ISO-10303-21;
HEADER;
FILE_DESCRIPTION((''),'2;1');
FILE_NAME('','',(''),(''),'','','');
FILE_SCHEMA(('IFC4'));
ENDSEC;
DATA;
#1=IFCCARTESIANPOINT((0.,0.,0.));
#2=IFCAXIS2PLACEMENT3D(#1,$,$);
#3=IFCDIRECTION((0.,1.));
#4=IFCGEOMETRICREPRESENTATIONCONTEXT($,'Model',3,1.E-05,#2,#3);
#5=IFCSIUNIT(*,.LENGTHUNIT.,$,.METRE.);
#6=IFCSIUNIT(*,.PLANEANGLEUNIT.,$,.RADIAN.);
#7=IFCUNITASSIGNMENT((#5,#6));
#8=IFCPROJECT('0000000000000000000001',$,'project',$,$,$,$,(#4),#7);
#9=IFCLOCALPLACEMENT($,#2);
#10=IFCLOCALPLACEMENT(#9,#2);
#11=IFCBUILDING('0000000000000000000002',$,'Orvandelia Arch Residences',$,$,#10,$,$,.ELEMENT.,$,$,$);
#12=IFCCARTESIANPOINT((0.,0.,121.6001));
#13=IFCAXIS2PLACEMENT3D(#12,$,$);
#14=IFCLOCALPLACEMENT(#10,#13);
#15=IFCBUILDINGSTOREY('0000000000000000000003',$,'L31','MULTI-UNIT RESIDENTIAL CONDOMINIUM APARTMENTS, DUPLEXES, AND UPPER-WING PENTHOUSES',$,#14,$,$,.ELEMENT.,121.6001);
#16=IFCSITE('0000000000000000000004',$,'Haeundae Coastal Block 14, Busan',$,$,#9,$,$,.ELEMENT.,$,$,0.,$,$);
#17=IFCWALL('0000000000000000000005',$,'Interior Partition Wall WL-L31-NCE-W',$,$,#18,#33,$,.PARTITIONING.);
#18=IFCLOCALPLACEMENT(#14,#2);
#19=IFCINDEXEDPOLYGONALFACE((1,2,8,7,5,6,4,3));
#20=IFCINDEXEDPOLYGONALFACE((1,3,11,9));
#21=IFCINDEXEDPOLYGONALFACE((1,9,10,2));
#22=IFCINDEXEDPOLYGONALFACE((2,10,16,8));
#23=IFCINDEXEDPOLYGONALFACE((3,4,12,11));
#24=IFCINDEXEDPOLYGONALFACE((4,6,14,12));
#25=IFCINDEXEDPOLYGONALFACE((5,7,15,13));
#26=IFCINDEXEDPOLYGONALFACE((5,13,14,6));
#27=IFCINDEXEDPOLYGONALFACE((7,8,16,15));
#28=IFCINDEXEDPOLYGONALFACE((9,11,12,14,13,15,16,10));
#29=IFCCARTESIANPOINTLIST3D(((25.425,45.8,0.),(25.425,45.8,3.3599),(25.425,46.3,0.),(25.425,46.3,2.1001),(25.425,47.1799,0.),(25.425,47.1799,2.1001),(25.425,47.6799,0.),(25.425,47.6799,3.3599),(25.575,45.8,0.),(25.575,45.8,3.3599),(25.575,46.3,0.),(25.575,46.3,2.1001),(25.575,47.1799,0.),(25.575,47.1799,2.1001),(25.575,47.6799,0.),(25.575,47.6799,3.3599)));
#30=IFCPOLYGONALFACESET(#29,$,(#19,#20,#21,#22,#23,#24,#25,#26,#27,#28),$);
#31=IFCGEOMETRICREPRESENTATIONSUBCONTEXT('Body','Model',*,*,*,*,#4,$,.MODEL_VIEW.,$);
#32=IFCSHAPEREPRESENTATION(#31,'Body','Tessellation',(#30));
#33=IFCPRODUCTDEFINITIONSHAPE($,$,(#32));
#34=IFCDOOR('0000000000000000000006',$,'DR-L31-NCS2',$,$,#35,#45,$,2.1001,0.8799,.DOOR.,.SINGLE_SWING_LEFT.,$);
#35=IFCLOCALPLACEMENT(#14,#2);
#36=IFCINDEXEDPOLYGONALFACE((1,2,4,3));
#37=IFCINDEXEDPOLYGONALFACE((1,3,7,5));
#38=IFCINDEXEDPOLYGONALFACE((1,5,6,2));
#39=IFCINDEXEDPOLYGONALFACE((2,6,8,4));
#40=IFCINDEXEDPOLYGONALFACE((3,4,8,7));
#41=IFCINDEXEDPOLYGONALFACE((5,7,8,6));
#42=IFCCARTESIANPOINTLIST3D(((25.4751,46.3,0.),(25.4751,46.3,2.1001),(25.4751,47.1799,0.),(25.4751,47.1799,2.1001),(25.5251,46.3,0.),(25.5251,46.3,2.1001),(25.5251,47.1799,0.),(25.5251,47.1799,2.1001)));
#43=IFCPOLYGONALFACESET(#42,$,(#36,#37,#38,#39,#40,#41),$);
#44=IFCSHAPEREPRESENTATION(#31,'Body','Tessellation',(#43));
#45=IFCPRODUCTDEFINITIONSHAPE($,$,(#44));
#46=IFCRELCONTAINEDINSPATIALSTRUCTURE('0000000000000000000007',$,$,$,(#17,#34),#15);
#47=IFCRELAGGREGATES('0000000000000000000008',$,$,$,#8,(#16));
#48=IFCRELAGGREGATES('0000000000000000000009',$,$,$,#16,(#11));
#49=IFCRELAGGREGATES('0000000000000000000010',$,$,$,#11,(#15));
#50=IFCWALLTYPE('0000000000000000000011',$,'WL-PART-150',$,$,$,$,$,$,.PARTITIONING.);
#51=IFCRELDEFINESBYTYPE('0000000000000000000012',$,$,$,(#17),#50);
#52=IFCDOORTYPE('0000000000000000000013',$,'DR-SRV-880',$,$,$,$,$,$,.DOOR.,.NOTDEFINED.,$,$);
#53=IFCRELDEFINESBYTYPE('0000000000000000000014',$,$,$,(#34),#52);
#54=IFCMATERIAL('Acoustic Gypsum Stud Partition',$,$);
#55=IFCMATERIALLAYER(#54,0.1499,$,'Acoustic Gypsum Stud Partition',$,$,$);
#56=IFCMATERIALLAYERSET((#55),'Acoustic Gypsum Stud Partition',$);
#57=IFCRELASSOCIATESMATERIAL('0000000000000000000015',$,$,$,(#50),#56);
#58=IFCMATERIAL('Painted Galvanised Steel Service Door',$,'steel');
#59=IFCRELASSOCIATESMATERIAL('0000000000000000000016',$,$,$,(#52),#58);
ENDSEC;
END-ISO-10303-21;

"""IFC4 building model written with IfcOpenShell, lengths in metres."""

from ifc_helpers import new_model, si_unit, direction, frame, frame_2d, origin, place, context, subcontext, project, spatial, rectangle, extrude, material, layer, layer_set, type_object, element, fill, save


model = new_model("IFC4")

# Units and contexts
model_context = context("Model", 3, precision=1e-05, world=origin(), true_north=direction((0.0, 1.0)))
body_context = subcontext(model_context, "Body", "Model", "MODEL_VIEW")
ifc_project = project(units=[si_unit("LENGTHUNIT", "METRE"), si_unit("PLANEANGLEUNIT", "RADIAN")], contexts=[model_context])

# Site, building, storey
site_placement = place(None, origin())
site = spatial("IfcSite", under=ifc_project, at=site_placement, Name="Haeundae Coastal Block 14, Busan", CompositionType="ELEMENT", RefElevation=0.0)
building_placement = place(site_placement, origin())
building = spatial("IfcBuilding", under=site, at=building_placement, Name="Orvandelia Arch Residences", CompositionType="ELEMENT")
storey_placement = place(building_placement, frame((0.0, 0.0, 121.6001)))
storey = spatial("IfcBuildingStorey", under=building, at=storey_placement, Name="L31", Description="MULTI-UNIT RESIDENTIAL CONDOMINIUM APARTMENTS, DUPLEXES, AND UPPER-WING PENTHOUSES", CompositionType="ELEMENT", Elevation=121.6001)

# Wall, opening, door
ifc_material_1 = material(Name="Acoustic Gypsum Stud Partition")
ifc_layer_1 = layer(ifc_material_1, 0.1499, Name="Acoustic Gypsum Stud Partition")
ifc_layer_set_1 = layer_set([ifc_layer_1], Name="Acoustic Gypsum Stud Partition")
wall_type_1 = type_object("IfcWallType", Name="WL-PART-150", PredefinedType="PARTITIONING", material=ifc_layer_set_1)
wall_1_placement = place(storey_placement, frame((25.5, 45.8, 0.0), z_axis=(0.0, 0.0, 1.0), x_axis=(0.0, 1.0, 0.0)))
wall_1 = element("IfcWall", 1, at=wall_1_placement, inside=storey, type_object=wall_type_1, Name="Interior Partition Wall WL-L31-NCE-W", PredefinedType="PARTITIONING", context=body_context, shape_type="SweptSolid", body=[
    extrude(rectangle(XDim=1.8799, YDim=0.1499, at=frame_2d((0.9399, 0.0))), origin(), (0.0, 0.0, 1.0), 3.3599),
])
opening_1_placement = place(wall_1_placement, frame((0.5, 0.0, 0.0)))
opening_1 = element("IfcOpeningElement", 2, at=opening_1_placement, cuts=wall_1, PredefinedType="OPENING", context=body_context, shape_type="SweptSolid", body=[
    extrude(rectangle(XDim=0.8799, YDim=2.1001, at=frame_2d((0.4399, 1.05))), frame((0.0, 0.085, 0.0), z_axis=(0.0, -1.0, 0.0), x_axis=(1.0, 0.0, 0.0)), (0.0, 0.0, 1.0), 0.1699),
])
ifc_material_2 = material(Name="Painted Galvanised Steel Service Door", Category="steel")
door_type_1 = type_object("IfcDoorType", Name="DR-SRV-880", OperationType="NOTDEFINED", PredefinedType="DOOR", material=ifc_material_2)
door_1_placement = place(opening_1_placement, origin())
door_1 = element("IfcDoor", 3, at=door_1_placement, inside=storey, type_object=door_type_1, Name="DR-L31-NCS2", OperationType="SINGLE_SWING_LEFT", OverallHeight=2.1001, OverallWidth=0.8799, PredefinedType="DOOR", context=body_context, shape_type="SweptSolid", body=[
    extrude(rectangle(XDim=0.8799, YDim=2.1001, at=frame_2d((0.4399, 1.05))), frame((0.0, 0.0249, 0.0), z_axis=(0.0, -1.0, 0.0), x_axis=(1.0, 0.0, 0.0)), (0.0, 0.0, 1.0), 0.05),
])
fill(opening_1, door_1)

save(model, "model.ifc")
